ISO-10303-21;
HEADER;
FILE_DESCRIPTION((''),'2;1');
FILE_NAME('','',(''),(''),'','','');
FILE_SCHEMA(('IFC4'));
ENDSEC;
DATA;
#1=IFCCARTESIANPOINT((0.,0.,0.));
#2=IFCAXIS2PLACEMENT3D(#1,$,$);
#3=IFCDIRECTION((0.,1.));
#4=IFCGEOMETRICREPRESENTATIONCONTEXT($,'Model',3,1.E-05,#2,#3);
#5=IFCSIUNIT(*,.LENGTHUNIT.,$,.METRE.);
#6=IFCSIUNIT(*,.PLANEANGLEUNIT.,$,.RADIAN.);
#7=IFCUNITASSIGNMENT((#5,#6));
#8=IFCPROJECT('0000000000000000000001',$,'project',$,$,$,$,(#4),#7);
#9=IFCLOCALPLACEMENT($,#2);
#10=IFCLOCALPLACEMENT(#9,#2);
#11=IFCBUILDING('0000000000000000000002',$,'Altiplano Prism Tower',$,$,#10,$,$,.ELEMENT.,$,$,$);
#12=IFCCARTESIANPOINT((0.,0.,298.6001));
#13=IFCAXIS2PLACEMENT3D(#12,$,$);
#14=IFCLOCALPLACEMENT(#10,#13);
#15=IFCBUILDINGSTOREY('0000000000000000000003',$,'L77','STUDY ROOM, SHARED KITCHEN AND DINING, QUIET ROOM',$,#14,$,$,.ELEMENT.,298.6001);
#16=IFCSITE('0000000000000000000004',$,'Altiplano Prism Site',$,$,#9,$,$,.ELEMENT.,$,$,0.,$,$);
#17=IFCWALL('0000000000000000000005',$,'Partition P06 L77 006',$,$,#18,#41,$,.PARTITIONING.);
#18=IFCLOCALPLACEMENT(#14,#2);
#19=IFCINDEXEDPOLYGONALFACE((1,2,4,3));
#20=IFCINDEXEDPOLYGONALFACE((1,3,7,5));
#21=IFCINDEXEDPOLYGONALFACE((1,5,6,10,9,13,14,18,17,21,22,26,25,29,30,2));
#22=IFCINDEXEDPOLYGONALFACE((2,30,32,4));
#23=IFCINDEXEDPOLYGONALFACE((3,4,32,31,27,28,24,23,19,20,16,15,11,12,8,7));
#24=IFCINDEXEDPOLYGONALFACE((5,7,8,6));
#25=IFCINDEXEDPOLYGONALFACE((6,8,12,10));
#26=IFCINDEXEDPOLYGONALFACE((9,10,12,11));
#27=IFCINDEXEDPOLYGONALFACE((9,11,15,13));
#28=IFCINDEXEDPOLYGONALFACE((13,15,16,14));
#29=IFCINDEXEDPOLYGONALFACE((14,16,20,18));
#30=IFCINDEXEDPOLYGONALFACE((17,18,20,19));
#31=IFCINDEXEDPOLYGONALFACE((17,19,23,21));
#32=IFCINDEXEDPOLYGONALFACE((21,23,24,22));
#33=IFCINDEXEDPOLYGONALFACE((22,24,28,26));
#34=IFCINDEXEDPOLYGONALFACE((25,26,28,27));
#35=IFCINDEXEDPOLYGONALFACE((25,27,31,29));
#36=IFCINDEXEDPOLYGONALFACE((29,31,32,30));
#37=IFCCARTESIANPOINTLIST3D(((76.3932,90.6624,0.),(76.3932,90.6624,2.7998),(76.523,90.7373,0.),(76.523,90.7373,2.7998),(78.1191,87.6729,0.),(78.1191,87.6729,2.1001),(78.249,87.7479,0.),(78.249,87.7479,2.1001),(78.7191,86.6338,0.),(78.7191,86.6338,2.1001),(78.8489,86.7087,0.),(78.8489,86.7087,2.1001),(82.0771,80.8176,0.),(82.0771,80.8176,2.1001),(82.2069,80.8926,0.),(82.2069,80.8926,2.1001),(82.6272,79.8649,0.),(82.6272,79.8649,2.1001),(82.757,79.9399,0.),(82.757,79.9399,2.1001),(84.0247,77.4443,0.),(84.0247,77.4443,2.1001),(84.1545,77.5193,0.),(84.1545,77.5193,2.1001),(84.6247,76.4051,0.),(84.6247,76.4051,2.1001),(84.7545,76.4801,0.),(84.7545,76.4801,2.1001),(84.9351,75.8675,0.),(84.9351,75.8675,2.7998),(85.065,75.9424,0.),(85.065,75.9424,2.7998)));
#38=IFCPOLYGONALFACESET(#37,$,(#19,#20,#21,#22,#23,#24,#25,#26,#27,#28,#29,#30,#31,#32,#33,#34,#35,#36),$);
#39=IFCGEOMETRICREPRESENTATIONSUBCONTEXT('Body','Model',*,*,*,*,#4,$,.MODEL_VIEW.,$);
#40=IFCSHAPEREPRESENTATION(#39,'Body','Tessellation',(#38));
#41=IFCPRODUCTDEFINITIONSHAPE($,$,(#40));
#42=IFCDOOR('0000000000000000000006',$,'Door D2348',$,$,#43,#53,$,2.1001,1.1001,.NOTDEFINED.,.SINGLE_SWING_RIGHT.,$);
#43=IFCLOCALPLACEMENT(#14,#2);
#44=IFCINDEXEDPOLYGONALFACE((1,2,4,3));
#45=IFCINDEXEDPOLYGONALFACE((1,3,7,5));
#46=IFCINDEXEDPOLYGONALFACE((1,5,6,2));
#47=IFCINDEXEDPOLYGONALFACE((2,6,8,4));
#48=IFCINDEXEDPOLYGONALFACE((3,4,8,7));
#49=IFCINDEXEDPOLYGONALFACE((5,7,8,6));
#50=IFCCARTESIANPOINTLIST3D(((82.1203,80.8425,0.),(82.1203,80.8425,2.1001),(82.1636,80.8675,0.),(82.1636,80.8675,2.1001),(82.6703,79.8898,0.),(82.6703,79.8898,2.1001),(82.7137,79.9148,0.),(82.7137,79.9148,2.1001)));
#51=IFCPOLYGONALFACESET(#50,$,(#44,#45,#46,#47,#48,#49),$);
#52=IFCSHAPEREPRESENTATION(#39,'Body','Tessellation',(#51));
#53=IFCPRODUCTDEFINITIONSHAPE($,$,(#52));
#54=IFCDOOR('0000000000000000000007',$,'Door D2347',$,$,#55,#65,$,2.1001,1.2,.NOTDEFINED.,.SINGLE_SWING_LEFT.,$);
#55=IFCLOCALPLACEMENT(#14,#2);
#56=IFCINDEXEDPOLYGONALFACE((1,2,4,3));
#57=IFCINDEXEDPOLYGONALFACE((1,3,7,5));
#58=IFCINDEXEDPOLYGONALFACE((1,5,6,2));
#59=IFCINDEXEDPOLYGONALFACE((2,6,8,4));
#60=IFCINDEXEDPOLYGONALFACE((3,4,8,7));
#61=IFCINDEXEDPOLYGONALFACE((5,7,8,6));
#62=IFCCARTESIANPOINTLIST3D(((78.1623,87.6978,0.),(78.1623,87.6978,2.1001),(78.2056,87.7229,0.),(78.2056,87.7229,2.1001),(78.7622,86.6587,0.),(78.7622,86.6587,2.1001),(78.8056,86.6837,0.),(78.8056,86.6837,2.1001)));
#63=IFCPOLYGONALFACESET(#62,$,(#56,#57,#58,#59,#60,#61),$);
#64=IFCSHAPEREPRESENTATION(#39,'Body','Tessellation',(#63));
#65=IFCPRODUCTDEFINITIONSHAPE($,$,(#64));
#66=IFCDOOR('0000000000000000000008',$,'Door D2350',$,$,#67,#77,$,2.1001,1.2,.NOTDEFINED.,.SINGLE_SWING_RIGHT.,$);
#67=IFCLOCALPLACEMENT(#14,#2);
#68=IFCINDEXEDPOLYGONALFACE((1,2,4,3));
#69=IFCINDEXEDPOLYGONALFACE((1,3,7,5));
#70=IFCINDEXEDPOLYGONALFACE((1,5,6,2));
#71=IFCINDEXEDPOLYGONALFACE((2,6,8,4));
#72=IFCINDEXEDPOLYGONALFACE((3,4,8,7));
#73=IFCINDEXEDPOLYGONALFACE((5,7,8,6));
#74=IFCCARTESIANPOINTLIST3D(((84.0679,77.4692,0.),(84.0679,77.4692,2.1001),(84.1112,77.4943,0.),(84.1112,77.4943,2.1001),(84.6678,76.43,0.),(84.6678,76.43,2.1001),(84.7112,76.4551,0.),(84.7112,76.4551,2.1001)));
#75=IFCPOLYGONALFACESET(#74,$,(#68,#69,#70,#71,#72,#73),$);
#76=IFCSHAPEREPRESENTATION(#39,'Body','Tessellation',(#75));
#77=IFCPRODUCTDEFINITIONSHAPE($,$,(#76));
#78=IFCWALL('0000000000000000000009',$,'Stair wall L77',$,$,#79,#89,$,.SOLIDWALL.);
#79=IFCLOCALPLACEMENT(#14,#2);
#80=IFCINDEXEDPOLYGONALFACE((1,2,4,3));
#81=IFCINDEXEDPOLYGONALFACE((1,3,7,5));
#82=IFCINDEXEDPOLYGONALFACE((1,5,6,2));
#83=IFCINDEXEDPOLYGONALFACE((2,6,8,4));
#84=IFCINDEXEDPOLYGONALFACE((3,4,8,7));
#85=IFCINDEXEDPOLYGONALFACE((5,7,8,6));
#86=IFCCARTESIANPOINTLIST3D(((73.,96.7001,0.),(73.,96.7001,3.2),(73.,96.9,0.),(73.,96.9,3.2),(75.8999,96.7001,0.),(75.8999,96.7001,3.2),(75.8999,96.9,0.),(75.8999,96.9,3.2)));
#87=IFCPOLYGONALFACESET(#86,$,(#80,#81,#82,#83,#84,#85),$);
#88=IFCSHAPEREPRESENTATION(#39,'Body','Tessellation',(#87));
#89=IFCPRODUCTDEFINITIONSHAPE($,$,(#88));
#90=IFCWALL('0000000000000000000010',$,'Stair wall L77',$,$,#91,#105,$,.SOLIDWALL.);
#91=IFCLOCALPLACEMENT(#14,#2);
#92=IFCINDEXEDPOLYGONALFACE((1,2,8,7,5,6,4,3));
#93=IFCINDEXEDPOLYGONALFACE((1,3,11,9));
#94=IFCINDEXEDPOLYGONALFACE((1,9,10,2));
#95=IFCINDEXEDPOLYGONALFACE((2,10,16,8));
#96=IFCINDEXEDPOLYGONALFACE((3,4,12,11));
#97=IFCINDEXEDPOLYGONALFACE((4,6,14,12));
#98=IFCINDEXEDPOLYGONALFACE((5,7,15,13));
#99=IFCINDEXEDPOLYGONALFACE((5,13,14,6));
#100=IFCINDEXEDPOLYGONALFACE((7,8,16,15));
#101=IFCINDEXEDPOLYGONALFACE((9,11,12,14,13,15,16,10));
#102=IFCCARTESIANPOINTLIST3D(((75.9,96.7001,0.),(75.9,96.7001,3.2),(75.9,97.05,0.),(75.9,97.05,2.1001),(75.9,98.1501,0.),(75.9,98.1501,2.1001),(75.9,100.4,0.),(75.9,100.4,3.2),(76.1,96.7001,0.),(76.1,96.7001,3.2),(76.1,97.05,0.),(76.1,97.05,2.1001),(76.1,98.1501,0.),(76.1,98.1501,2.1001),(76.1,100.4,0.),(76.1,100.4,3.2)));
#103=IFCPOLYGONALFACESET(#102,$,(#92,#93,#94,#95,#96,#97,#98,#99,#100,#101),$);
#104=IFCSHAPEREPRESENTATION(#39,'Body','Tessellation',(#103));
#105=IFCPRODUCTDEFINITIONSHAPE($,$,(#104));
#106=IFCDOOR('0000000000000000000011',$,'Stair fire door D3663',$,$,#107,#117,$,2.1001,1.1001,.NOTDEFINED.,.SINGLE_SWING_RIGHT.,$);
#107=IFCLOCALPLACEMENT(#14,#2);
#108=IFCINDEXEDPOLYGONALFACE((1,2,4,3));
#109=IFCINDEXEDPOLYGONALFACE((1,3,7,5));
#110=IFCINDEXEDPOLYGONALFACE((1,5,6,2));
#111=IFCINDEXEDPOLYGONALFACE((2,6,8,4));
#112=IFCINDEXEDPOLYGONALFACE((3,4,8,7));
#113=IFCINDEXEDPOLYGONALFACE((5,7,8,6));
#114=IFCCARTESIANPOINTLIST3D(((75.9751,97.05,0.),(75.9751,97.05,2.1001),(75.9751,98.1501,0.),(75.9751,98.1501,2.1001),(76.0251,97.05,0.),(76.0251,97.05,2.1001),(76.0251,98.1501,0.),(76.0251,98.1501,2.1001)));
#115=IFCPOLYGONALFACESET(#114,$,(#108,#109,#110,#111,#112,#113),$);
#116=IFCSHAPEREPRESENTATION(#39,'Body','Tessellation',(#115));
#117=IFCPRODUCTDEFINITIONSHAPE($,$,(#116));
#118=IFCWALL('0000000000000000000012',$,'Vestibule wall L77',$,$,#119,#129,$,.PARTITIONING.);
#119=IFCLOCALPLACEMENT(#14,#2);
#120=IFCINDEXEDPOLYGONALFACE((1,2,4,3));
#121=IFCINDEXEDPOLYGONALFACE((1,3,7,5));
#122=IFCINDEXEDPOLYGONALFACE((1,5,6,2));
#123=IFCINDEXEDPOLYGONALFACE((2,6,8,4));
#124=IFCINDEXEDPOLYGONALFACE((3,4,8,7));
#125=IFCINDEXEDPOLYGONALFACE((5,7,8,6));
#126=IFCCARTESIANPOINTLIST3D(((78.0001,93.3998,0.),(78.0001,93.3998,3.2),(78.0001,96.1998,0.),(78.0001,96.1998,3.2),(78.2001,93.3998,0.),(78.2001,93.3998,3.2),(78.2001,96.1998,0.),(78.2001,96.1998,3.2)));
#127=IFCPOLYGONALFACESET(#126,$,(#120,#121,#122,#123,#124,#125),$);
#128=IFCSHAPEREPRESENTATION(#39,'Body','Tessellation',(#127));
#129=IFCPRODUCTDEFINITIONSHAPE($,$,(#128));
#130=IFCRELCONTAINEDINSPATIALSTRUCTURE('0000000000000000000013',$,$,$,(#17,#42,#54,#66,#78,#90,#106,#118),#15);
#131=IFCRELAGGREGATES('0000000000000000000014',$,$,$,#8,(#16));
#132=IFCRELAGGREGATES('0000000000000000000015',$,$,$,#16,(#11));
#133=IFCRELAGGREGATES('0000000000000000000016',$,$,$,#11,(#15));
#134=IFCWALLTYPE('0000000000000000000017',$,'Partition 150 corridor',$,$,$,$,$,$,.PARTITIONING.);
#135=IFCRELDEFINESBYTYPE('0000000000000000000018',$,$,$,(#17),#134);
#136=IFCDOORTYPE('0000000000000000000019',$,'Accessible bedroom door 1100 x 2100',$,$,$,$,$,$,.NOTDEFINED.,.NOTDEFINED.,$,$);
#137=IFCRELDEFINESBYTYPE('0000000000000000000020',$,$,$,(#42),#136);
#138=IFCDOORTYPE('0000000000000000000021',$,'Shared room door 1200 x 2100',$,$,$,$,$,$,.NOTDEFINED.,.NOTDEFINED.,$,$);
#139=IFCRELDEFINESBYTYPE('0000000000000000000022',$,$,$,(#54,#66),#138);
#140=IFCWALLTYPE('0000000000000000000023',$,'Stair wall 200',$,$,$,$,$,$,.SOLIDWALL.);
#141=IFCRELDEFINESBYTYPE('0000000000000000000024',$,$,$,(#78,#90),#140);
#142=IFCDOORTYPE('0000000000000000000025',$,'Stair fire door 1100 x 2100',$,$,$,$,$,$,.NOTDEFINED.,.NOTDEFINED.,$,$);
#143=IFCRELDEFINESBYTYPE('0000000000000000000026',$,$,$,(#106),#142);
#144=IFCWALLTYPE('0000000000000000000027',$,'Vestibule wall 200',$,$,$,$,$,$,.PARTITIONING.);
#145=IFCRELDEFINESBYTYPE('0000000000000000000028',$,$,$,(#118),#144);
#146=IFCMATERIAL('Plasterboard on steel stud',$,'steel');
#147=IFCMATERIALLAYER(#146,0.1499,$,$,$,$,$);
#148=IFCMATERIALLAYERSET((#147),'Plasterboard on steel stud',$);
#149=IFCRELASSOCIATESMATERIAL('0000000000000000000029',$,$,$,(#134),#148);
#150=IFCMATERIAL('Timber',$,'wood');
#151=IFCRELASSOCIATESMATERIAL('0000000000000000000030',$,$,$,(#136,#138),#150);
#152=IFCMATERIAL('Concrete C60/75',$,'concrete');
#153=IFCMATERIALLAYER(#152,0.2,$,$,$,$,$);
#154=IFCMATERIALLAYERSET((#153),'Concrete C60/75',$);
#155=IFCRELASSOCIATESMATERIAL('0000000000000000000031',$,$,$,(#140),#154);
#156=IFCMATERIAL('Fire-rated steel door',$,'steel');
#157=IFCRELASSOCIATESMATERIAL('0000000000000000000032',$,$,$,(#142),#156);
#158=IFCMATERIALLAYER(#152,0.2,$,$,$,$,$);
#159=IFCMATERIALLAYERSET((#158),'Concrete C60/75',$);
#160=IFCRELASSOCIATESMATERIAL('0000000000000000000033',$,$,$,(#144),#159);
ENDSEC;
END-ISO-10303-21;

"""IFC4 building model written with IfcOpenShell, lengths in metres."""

from ifc_helpers import new_model, si_unit, direction, frame, frame_2d, origin, place, context, subcontext, project, spatial, rectangle, extrude, material, layer, layer_set, type_object, element, fill, save


model = new_model("IFC4")

# Units and contexts
model_context = context("Model", 3, precision=1e-05, world=origin(), true_north=direction((0.0, 1.0)))
body_context = subcontext(model_context, "Body", "Model", "MODEL_VIEW")
ifc_project = project(units=[si_unit("LENGTHUNIT", "METRE"), si_unit("PLANEANGLEUNIT", "RADIAN")], contexts=[model_context])

# Site, building, storey
site_placement = place(None, origin())
site = spatial("IfcSite", under=ifc_project, at=site_placement, Name="Altiplano Prism Site", CompositionType="ELEMENT", RefElevation=0.0)
building_placement = place(site_placement, origin())
building = spatial("IfcBuilding", under=site, at=building_placement, Name="Altiplano Prism Tower", CompositionType="ELEMENT")
storey_placement = place(building_placement, frame((0.0, 0.0, 298.6001)))
storey = spatial("IfcBuildingStorey", under=building, at=storey_placement, Name="L77", Description="STUDY ROOM, SHARED KITCHEN AND DINING, QUIET ROOM", CompositionType="ELEMENT", Elevation=298.6001)

# Shared definitions
ifc_material_1 = material(Name="Concrete C60/75", Category="concrete")

# Wall, openings, doors
ifc_material_2 = material(Name="Fire-rated steel door", Category="steel")
ifc_material_3 = material(Name="Plasterboard on steel stud", Category="steel")
ifc_layer_1 = layer(ifc_material_3, 0.1499)
ifc_layer_set_1 = layer_set([ifc_layer_1], Name="Plasterboard on steel stud")
wall_type_1 = type_object("IfcWallType", Name="Partition 150 corridor", PredefinedType="PARTITIONING", material=ifc_layer_set_1)
wall_1_placement = place(storey_placement, frame((76.458, 90.7, 0.0), z_axis=(0.0, 0.0, 1.0), x_axis=(0.500006, -0.866022, 0.0)))
wall_1 = element("IfcWall", 1, at=wall_1_placement, inside=storey, type_object=wall_type_1, Name="Partition P06 L77 006", PredefinedType="PARTITIONING", context=body_context, shape_type="SweptSolid", body=[
    extrude(rectangle(XDim=17.0837, YDim=0.1499, at=frame_2d((8.542, 0.0))), origin(), (0.0, 0.0, 1.0), 2.7998),
])
opening_1_placement = place(wall_1_placement, frame((3.4519, 0.0, 0.0)))
opening_1 = element("IfcOpeningElement", 2, at=opening_1_placement, cuts=wall_1, PredefinedType="OPENING", context=body_context, shape_type="SweptSolid", body=[
    extrude(rectangle(XDim=1.2, YDim=2.1001, at=frame_2d((0.6001, 1.05))), frame((0.0, 0.0854, 0.0), z_axis=(0.0, -1.0, 0.0), x_axis=(1.0, 0.0, 0.0)), (0.0, 0.0, 1.0), 0.1709),
])
opening_2_placement = place(wall_1_placement, frame((11.3679, 0.0, 0.0)))
opening_2 = element("IfcOpeningElement", 3, at=opening_2_placement, cuts=wall_1, PredefinedType="OPENING", context=body_context, shape_type="SweptSolid", body=[
    extrude(rectangle(XDim=1.1001, YDim=2.1001, at=frame_2d((0.55, 1.05))), frame((0.0, 0.0854, 0.0), z_axis=(0.0, -1.0, 0.0), x_axis=(1.0, 0.0, 0.0)), (0.0, 0.0, 1.0), 0.1709),
])
opening_3_placement = place(wall_1_placement, frame((15.2629, 0.0, 0.0)))
opening_3 = element("IfcOpeningElement", 4, at=opening_3_placement, cuts=wall_1, PredefinedType="OPENING", context=body_context, shape_type="SweptSolid", body=[
    extrude(rectangle(XDim=1.2, YDim=2.1001, at=frame_2d((0.6001, 1.05))), frame((0.0, 0.0854, 0.0), z_axis=(0.0, -1.0, 0.0), x_axis=(1.0, 0.0, 0.0)), (0.0, 0.0, 1.0), 0.1709),
])
ifc_material_4 = material(Name="Timber", Category="wood")
door_type_1 = type_object("IfcDoorType", Name="Accessible bedroom door 1100 x 2100", OperationType="NOTDEFINED", PredefinedType="NOTDEFINED", material=ifc_material_4)
door_1_placement = place(opening_2_placement, origin())
door_1 = element("IfcDoor", 5, at=door_1_placement, inside=storey, type_object=door_type_1, Name="Door D2348", OperationType="SINGLE_SWING_RIGHT", OverallHeight=2.1001, OverallWidth=1.1001, PredefinedType="NOTDEFINED", context=body_context, shape_type="SweptSolid", body=[
    extrude(rectangle(XDim=1.1001, YDim=2.1001, at=frame_2d((0.55, 1.05))), frame((0.0, 0.0249, 0.0), z_axis=(0.0, -1.0, 0.0), x_axis=(1.0, 0.0, 0.0)), (0.0, 0.0, 1.0), 0.05),
])
fill(opening_2, door_1)
door_type_2 = type_object("IfcDoorType", Name="Shared room door 1200 x 2100", OperationType="NOTDEFINED", PredefinedType="NOTDEFINED", material=ifc_material_4)
door_2_placement = place(opening_1_placement, origin())
door_2 = element("IfcDoor", 6, at=door_2_placement, inside=storey, type_object=door_type_2, Name="Door D2347", OperationType="SINGLE_SWING_LEFT", OverallHeight=2.1001, OverallWidth=1.2, PredefinedType="NOTDEFINED", context=body_context, shape_type="SweptSolid", body=[
    extrude(rectangle(XDim=1.2, YDim=2.1001, at=frame_2d((0.6001, 1.05))), frame((0.0, 0.0249, 0.0), z_axis=(0.0, -1.0, 0.0), x_axis=(1.0, 0.0, 0.0)), (0.0, 0.0, 1.0), 0.05),
])
fill(opening_1, door_2)
door_3_placement = place(opening_3_placement, origin())
door_3 = element("IfcDoor", 7, at=door_3_placement, inside=storey, type_object=door_type_2, Name="Door D2350", OperationType="SINGLE_SWING_RIGHT", OverallHeight=2.1001, OverallWidth=1.2, PredefinedType="NOTDEFINED", context=body_context, shape_type="SweptSolid", body=[
    extrude(rectangle(XDim=1.2, YDim=2.1001, at=frame_2d((0.6001, 1.05))), frame((0.0, 0.0249, 0.0), z_axis=(0.0, -1.0, 0.0), x_axis=(1.0, 0.0, 0.0)), (0.0, 0.0, 1.0), 0.05),
])
fill(opening_3, door_3)

# Wall
ifc_layer_2 = layer(ifc_material_1, 0.2)
ifc_layer_set_2 = layer_set([ifc_layer_2], Name="Concrete C60/75")
wall_type_2 = type_object("IfcWallType", Name="Stair wall 200", PredefinedType="SOLIDWALL", material=ifc_layer_set_2)
wall_2_placement = place(storey_placement, frame((73.0, 96.8, 0.0), z_axis=(0.0, 0.0, 1.0), x_axis=(1.0, 0.0, 0.0)))
element("IfcWall", 8, at=wall_2_placement, inside=storey, type_object=wall_type_2, Name="Stair wall L77", PredefinedType="SOLIDWALL", context=body_context, shape_type="SweptSolid", body=[
    extrude(rectangle(XDim=2.8999, YDim=0.2, at=frame_2d((1.45, 0.0))), origin(), (0.0, 0.0, 1.0), 3.2),
])

# Wall, opening, door
wall_3_placement = place(storey_placement, frame((76.0, 96.7, 0.0), z_axis=(0.0, 0.0, 1.0), x_axis=(0.0, 1.0, 0.0)))
wall_3 = element("IfcWall", 9, at=wall_3_placement, inside=storey, type_object=wall_type_2, Name="Stair wall L77", PredefinedType="SOLIDWALL", context=body_context, shape_type="SweptSolid", body=[
    extrude(rectangle(XDim=3.7, YDim=0.2, at=frame_2d((1.8501, 0.0))), origin(), (0.0, 0.0, 1.0), 3.2),
])
opening_4_placement = place(wall_3_placement, frame((0.3501, 0.0, 0.0)))
opening_4 = element("IfcOpeningElement", 10, at=opening_4_placement, cuts=wall_3, PredefinedType="OPENING", context=body_context, shape_type="SweptSolid", body=[
    extrude(rectangle(XDim=1.1001, YDim=2.1001, at=frame_2d((0.55, 1.05))), frame((0.0, 0.1104, 0.0), z_axis=(0.0, -1.0, 0.0), x_axis=(1.0, 0.0, 0.0)), (0.0, 0.0, 1.0), 0.2209),
])
door_type_3 = type_object("IfcDoorType", Name="Stair fire door 1100 x 2100", OperationType="NOTDEFINED", PredefinedType="NOTDEFINED", material=ifc_material_2)
door_4_placement = place(opening_4_placement, origin())
door_4 = element("IfcDoor", 11, at=door_4_placement, inside=storey, type_object=door_type_3, Name="Stair fire door D3663", OperationType="SINGLE_SWING_RIGHT", OverallHeight=2.1001, OverallWidth=1.1001, PredefinedType="NOTDEFINED", context=body_context, shape_type="SweptSolid", body=[
    extrude(rectangle(XDim=1.1001, YDim=2.1001, at=frame_2d((0.55, 1.05))), frame((0.0, 0.0249, 0.0), z_axis=(0.0, -1.0, 0.0), x_axis=(1.0, 0.0, 0.0)), (0.0, 0.0, 1.0), 0.05),
])
fill(opening_4, door_4)

# Wall
ifc_layer_3 = layer(ifc_material_1, 0.2)
ifc_layer_set_3 = layer_set([ifc_layer_3], Name="Concrete C60/75")
wall_type_3 = type_object("IfcWallType", Name="Vestibule wall 200", PredefinedType="PARTITIONING", material=ifc_layer_set_3)
wall_4_placement = place(storey_placement, frame((78.1001, 93.3999, 0.0), z_axis=(0.0, 0.0, 1.0), x_axis=(0.0, 1.0, 0.0)))
element("IfcWall", 12, at=wall_4_placement, inside=storey, type_object=wall_type_3, Name="Vestibule wall L77", PredefinedType="PARTITIONING", context=body_context, shape_type="SweptSolid", body=[
    extrude(rectangle(XDim=2.8, YDim=0.2, at=frame_2d((1.3999, 0.0))), origin(), (0.0, 0.0, 1.0), 3.2),
])

save(model, "model.ifc")
